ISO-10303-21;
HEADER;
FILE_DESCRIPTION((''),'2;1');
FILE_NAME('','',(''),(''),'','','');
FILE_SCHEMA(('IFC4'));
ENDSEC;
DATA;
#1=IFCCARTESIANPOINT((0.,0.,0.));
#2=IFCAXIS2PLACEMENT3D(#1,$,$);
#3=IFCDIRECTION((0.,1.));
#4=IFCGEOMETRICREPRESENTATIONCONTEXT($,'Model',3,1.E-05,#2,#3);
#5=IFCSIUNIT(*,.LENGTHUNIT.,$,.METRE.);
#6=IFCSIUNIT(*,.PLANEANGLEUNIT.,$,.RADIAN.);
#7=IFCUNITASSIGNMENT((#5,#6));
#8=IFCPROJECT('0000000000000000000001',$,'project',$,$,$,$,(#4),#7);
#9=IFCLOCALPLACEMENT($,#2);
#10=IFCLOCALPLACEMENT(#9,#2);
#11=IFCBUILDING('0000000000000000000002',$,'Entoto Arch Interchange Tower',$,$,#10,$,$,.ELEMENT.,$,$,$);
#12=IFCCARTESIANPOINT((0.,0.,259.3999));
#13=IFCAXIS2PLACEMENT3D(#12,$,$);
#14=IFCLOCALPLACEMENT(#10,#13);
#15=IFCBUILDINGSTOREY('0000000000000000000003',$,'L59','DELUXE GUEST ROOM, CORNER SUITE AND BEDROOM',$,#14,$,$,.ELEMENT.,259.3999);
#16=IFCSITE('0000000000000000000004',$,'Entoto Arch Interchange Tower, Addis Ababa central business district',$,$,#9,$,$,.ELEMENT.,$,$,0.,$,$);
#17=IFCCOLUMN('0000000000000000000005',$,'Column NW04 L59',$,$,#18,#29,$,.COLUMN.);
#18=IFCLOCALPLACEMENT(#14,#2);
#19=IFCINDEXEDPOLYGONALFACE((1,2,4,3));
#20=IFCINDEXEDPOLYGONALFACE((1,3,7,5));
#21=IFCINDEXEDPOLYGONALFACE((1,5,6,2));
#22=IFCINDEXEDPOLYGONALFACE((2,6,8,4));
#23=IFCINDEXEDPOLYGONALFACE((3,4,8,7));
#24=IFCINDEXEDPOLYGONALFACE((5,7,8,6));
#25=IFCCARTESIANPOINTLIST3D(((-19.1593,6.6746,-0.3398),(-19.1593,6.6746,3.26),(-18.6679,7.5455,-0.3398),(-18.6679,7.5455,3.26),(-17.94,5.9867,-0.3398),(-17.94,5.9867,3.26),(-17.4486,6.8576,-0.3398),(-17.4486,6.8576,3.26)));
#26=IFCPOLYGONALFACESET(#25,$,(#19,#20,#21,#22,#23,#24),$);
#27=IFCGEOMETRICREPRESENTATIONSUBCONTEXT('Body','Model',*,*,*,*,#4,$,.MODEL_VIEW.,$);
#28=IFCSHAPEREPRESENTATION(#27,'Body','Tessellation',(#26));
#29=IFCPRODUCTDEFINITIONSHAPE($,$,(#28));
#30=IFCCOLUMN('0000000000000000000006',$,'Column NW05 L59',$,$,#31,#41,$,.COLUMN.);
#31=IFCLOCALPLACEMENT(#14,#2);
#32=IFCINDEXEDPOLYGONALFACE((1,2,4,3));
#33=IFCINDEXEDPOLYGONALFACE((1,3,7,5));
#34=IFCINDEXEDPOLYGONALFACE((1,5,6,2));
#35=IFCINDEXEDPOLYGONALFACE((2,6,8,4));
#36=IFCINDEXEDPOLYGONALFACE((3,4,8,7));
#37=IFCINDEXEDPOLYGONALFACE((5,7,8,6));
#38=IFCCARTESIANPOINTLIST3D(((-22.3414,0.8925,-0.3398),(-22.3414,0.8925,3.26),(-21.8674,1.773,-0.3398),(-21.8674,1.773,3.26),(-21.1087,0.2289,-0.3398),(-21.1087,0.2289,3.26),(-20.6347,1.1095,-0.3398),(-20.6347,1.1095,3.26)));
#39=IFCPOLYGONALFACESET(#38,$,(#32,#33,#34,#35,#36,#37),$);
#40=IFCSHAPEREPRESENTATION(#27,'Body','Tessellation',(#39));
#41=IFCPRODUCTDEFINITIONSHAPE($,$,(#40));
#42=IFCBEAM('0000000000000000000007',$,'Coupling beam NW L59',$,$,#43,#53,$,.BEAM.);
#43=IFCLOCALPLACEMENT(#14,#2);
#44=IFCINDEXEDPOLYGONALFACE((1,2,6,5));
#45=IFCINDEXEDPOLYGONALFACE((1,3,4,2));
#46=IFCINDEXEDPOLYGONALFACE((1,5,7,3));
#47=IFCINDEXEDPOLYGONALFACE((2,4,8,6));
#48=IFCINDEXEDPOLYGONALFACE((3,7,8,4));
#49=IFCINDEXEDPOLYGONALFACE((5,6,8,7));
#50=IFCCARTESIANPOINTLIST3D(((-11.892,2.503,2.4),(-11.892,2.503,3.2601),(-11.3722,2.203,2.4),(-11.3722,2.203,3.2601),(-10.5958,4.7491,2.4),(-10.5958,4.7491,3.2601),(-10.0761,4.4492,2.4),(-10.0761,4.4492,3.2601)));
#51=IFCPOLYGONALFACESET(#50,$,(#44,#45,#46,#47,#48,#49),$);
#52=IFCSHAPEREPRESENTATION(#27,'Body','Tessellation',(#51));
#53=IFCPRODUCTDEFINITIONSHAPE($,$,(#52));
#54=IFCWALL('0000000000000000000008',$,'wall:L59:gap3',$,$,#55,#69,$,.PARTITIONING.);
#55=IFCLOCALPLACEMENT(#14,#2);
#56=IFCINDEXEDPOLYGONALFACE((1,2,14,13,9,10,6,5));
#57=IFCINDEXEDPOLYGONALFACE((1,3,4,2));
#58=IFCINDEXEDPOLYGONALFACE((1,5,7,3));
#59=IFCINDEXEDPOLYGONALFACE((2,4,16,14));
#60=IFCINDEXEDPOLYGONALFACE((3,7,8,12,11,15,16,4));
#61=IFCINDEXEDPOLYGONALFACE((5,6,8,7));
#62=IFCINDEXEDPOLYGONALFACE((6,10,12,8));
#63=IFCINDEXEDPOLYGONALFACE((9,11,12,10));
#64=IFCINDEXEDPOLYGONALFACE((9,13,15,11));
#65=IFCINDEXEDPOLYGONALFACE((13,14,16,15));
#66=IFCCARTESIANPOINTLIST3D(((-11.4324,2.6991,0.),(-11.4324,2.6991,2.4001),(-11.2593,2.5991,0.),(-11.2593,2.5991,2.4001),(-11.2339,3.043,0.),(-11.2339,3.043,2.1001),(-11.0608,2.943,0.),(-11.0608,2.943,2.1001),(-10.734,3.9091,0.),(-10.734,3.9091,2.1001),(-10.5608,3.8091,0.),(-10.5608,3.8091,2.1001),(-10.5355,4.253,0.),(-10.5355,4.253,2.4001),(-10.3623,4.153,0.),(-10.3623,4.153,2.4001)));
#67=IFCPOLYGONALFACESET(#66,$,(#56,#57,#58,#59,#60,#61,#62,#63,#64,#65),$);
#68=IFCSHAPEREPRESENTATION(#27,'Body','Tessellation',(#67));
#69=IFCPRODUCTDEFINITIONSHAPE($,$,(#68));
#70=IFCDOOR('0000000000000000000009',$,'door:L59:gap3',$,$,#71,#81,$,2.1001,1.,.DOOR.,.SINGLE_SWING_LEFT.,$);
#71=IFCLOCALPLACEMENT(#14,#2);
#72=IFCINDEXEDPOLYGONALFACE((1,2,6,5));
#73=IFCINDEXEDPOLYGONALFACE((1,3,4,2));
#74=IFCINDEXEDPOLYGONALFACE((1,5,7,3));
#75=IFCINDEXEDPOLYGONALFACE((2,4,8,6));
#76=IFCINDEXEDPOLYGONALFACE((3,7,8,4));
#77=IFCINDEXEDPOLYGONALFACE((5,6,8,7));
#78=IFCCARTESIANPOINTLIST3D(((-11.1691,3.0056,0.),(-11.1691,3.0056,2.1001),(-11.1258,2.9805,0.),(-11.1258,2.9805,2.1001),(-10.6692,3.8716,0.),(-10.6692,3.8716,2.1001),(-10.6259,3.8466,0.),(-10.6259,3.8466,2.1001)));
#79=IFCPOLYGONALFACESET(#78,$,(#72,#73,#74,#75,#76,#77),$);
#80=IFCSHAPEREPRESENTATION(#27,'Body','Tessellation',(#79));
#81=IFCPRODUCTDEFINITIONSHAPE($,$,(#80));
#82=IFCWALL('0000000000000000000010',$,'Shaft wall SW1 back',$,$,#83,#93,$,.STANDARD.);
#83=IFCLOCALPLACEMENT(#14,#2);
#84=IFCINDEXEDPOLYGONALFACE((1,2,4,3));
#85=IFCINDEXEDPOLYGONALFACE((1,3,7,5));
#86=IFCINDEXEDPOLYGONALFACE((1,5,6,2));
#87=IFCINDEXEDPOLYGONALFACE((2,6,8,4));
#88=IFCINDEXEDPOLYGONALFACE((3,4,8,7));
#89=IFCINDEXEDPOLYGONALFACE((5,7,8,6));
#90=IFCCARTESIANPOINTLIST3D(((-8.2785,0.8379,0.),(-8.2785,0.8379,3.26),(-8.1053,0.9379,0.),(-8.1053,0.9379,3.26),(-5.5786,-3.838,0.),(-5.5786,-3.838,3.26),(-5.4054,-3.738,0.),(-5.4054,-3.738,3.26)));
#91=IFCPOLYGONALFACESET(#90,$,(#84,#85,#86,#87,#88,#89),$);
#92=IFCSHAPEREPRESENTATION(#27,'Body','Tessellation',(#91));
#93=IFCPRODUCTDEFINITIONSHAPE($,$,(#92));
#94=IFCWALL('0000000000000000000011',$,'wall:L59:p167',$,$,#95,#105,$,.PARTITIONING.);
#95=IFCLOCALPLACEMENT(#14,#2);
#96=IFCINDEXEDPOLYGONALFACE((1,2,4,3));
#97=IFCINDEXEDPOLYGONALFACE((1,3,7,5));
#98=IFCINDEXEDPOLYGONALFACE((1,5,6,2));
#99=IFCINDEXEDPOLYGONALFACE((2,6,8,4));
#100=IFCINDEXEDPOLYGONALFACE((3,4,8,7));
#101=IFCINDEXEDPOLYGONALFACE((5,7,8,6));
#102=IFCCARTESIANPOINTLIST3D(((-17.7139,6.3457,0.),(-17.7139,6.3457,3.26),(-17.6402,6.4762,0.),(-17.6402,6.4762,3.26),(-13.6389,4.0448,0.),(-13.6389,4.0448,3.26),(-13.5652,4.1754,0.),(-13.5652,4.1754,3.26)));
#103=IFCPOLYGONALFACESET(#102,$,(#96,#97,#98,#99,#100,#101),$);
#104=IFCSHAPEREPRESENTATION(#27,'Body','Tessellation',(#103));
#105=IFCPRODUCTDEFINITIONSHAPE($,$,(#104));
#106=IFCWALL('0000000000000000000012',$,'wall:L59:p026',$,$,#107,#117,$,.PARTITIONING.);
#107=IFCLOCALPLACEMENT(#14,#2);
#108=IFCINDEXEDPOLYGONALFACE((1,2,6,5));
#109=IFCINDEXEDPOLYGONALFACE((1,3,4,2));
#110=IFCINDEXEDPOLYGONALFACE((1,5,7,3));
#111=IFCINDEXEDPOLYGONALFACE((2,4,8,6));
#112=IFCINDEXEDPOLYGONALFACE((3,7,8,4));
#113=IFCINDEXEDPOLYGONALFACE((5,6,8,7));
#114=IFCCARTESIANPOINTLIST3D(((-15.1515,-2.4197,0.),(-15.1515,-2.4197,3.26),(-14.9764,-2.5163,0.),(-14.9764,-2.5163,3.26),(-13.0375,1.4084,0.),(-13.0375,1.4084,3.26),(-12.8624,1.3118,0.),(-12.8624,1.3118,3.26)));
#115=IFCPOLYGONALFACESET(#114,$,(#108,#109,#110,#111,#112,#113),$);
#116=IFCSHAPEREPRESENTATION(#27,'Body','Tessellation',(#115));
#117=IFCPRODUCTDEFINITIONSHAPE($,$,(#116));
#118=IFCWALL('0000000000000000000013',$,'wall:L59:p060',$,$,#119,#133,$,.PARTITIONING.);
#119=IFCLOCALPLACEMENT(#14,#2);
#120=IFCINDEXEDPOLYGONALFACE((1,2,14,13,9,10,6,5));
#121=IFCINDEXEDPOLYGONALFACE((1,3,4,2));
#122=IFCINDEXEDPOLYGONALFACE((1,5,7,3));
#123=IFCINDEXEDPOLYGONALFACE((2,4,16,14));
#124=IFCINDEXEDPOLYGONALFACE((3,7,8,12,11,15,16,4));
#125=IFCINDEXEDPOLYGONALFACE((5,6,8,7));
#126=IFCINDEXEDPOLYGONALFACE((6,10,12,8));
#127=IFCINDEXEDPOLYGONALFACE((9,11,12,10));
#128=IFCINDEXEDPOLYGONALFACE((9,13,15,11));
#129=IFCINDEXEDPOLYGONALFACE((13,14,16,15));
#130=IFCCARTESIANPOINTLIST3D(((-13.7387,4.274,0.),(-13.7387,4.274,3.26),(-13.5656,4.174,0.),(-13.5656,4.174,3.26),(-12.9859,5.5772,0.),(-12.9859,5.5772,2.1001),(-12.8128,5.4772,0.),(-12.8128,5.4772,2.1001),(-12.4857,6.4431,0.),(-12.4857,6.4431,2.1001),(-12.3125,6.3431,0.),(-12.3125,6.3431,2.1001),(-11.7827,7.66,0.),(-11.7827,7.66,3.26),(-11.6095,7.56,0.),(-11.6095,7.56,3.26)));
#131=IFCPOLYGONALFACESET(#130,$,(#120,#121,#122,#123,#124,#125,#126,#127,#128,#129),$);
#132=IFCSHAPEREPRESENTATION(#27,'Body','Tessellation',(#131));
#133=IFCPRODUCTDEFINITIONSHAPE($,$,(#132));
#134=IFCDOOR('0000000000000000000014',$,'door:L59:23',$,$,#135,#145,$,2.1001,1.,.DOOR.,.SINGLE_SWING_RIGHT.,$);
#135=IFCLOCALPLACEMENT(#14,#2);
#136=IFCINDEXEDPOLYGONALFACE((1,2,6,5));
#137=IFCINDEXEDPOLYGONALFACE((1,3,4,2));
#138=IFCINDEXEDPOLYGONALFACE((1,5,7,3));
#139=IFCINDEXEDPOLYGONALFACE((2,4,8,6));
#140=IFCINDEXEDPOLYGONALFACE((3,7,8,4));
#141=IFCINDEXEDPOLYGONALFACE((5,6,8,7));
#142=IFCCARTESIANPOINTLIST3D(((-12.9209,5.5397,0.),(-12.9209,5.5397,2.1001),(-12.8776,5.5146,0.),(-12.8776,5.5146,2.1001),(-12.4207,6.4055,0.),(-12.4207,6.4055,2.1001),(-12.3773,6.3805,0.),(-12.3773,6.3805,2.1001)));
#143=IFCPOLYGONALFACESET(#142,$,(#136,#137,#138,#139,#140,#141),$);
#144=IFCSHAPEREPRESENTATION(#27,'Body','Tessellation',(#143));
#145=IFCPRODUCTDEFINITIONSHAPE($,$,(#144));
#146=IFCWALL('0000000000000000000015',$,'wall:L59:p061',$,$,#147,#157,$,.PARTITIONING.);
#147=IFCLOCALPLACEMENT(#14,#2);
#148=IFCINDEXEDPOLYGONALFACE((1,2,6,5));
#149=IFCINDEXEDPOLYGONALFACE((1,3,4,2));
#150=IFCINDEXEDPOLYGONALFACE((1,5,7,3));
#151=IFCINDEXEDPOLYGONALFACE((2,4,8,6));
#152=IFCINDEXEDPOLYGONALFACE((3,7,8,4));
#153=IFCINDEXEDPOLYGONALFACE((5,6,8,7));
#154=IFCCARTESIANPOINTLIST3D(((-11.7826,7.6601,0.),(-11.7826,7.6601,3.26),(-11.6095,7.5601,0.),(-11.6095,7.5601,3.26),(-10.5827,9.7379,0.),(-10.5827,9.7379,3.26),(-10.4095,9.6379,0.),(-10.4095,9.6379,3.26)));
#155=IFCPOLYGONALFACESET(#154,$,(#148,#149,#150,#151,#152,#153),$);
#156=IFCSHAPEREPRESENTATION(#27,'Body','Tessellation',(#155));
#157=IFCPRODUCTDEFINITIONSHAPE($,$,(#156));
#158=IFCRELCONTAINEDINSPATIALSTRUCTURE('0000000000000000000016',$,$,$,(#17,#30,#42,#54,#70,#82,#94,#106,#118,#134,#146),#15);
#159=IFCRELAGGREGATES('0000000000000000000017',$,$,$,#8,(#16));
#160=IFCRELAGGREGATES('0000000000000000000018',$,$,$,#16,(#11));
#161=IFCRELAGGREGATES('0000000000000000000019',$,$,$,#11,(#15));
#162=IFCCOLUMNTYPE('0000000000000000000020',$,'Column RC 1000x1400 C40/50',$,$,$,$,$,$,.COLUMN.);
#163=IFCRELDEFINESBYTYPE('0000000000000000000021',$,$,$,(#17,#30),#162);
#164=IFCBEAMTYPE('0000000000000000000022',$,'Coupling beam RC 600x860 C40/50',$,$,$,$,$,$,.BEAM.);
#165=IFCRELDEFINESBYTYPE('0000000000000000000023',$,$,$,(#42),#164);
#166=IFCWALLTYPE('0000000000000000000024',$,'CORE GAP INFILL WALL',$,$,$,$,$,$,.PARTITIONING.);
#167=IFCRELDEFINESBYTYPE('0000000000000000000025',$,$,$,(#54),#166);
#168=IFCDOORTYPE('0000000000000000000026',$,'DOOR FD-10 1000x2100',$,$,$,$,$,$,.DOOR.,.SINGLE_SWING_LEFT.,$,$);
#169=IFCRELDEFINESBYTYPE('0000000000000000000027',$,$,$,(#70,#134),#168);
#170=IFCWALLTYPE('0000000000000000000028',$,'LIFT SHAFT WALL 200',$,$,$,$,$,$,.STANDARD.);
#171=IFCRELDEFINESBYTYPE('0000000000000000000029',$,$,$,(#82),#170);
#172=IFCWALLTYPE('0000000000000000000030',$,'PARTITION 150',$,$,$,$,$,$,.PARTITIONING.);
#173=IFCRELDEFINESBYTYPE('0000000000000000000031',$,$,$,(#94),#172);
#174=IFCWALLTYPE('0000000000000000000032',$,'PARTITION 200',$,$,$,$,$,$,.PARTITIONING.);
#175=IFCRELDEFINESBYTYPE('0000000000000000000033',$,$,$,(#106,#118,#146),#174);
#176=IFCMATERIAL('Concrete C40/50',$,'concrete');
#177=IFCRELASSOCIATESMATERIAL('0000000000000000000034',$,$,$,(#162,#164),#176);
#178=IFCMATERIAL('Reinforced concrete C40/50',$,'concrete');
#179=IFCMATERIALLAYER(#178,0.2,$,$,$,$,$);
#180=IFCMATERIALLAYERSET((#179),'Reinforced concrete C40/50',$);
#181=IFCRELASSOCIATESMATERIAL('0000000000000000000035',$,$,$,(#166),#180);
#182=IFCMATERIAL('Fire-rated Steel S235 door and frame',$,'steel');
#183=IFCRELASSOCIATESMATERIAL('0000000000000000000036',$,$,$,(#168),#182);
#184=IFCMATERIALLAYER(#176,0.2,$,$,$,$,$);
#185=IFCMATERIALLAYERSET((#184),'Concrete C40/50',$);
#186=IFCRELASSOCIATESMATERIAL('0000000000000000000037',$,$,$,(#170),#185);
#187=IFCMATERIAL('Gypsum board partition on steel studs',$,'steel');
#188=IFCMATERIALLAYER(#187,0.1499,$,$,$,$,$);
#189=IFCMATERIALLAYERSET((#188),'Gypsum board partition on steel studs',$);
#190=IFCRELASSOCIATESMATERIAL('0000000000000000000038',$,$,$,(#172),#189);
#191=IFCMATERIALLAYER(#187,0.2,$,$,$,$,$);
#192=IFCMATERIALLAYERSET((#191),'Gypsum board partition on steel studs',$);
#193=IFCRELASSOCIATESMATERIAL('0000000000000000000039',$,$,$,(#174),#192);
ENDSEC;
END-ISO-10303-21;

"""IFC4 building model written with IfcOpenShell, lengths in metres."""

from ifc_helpers import new_model, si_unit, direction, frame, frame_2d, origin, origin_2d, place, context, subcontext, project, spatial, rectangle, extrude, material, layer, layer_set, material_profile, profile_set, type_object, element, fill, save


model = new_model("IFC4")

# Units and contexts
model_context = context("Model", 3, precision=1e-05, world=origin(), true_north=direction((0.0, 1.0)))
body_context = subcontext(model_context, "Body", "Model", "MODEL_VIEW")
ifc_project = project(units=[si_unit("LENGTHUNIT", "METRE"), si_unit("PLANEANGLEUNIT", "RADIAN")], contexts=[model_context])

# Site, building, storey
site_placement = place(None, origin())
site = spatial("IfcSite", under=ifc_project, at=site_placement, Name="Entoto Arch Interchange Tower, Addis Ababa central business district", CompositionType="ELEMENT", RefElevation=0.0)
building_placement = place(site_placement, origin())
building = spatial("IfcBuilding", under=site, at=building_placement, Name="Entoto Arch Interchange Tower", CompositionType="ELEMENT")
storey_placement = place(building_placement, frame((0.0, 0.0, 259.3999)))
storey = spatial("IfcBuildingStorey", under=building, at=storey_placement, Name="L59", Description="DELUXE GUEST ROOM, CORNER SUITE AND BEDROOM", CompositionType="ELEMENT", Elevation=259.3999)

# Columns
ifc_material_1 = material(Name="Concrete C40/50", Category="concrete")
ifc_material_profile_1 = material_profile(ifc_material_1, rectangle(XDim=1.0, YDim=1.3999, at=origin_2d()))
ifc_profile_set_1 = profile_set([ifc_material_profile_1], Name="Concrete C40/50")
column_type = type_object("IfcColumnType", Name="Column RC 1000x1400 C40/50", PredefinedType="COLUMN", material=ifc_profile_set_1)
for number, where, z_axis, x_axis, name in (
    (1, (-18.304, 6.7661, -0.3398), (0.0, 0.0, 1.0), (0.491375, 0.870948, 0.0), "Column NW04 L59"),
    (2, (-21.488, 1.001, -0.3398), (0.0, 0.0, 1.0), (0.473981, 0.880535, 0.0), "Column NW05 L59"),
):
    element("IfcColumn", number, at=place(storey_placement, frame(where, z_axis=z_axis, x_axis=x_axis)), inside=storey, type_object=column_type, Name=name, PredefinedType="COLUMN", context=body_context, shape_type="SweptSolid", body=[
        extrude(rectangle(XDim=1.0, YDim=1.3999, at=origin_2d()), origin(), (0.0, 0.0, 1.0), 3.5999),
    ])

# Beam
ifc_material_profile_2 = material_profile(ifc_material_1, rectangle(XDim=0.6001, YDim=0.8601, at=origin_2d()))
ifc_profile_set_2 = profile_set([ifc_material_profile_2], Name="Concrete C40/50")
beam_type = type_object("IfcBeamType", Name="Coupling beam RC 600x860 C40/50", PredefinedType="BEAM", material=ifc_profile_set_2)
beam_placement = place(storey_placement, frame((-10.3359, 4.5991, 2.8301), z_axis=(-0.499815, -0.866132, 0.0), x_axis=(0.866132, -0.499815, 0.0)))
element("IfcBeam", 3, at=beam_placement, inside=storey, type_object=beam_type, Name="Coupling beam NW L59", PredefinedType="BEAM", context=body_context, shape_type="SweptSolid", body=[
    extrude(rectangle(XDim=0.6001, YDim=0.8601, at=origin_2d()), origin(), (0.0, 0.0, 1.0), 2.5933),
])

# Wall, opening, door
ifc_material_2 = material(Name="Reinforced concrete C40/50", Category="concrete")
ifc_layer_1 = layer(ifc_material_2, 0.2)
ifc_layer_set_1 = layer_set([ifc_layer_1], Name="Reinforced concrete C40/50")
wall_type_1 = type_object("IfcWallType", Name="CORE GAP INFILL WALL", PredefinedType="PARTITIONING", material=ifc_layer_set_1)
wall_1_placement = place(storey_placement, frame((-10.449, 4.2029, 0.0), z_axis=(0.0, 0.0, 1.0), x_axis=(-0.499915, -0.866075, 0.0)))
wall_1 = element("IfcWall", 4, at=wall_1_placement, inside=storey, type_object=wall_type_1, Name="wall:L59:gap3", PredefinedType="PARTITIONING", context=body_context, shape_type="SweptSolid", body=[
    extrude(rectangle(XDim=1.7942, YDim=0.2, at=frame_2d((0.897, 0.0))), origin(), (0.0, 0.0, 1.0), 2.4001),
])
opening_1_placement = place(wall_1_placement, frame((0.397, 0.0, 0.0)))
opening_1 = element("IfcOpeningElement", 5, at=opening_1_placement, cuts=wall_1, PredefinedType="OPENING", context=body_context, shape_type="SweptSolid", body=[
    extrude(rectangle(XDim=1.0, YDim=2.1001, at=frame_2d((0.5, 1.05))), frame((0.0, 0.1099, 0.0), z_axis=(0.0, -1.0, 0.0), x_axis=(1.0, 0.0, 0.0)), (0.0, 0.0, 1.0), 0.22),
])
ifc_material_3 = material(Name="Fire-rated Steel S235 door and frame", Category="steel")
door_type_1 = type_object("IfcDoorType", Name="DOOR FD-10 1000x2100", OperationType="SINGLE_SWING_LEFT", PredefinedType="DOOR", material=ifc_material_3)
door_1_placement = place(opening_1_placement, origin())
door_1 = element("IfcDoor", 6, at=door_1_placement, inside=storey, type_object=door_type_1, Name="door:L59:gap3", OperationType="SINGLE_SWING_LEFT", OverallHeight=2.1001, OverallWidth=1.0, PredefinedType="DOOR", context=body_context, shape_type="SweptSolid", body=[
    extrude(rectangle(XDim=1.0, YDim=2.1001, at=frame_2d((0.5, 1.05))), frame((0.0, 0.0249, 0.0), z_axis=(0.0, -1.0, 0.0), x_axis=(1.0, 0.0, 0.0)), (0.0, 0.0, 1.0), 0.05),
])
fill(opening_1, door_1)

# Walls
ifc_layer_2 = layer(ifc_material_1, 0.2)
ifc_layer_set_2 = layer_set([ifc_layer_2], Name="Concrete C40/50")
wall_type_2 = type_object("IfcWallType", Name="LIFT SHAFT WALL 200", PredefinedType="STANDARD", material=ifc_layer_set_2)
wall_2_placement = place(storey_placement, frame((-8.1919, 0.8879, 0.0), z_axis=(0.0, 0.0, 1.0), x_axis=(0.500034, -0.866006, 0.0)))
element("IfcWall", 7, at=wall_2_placement, inside=storey, type_object=wall_type_2, Name="Shaft wall SW1 back", PredefinedType="STANDARD", context=body_context, shape_type="SweptSolid", body=[
    extrude(rectangle(XDim=5.3994, YDim=0.2, at=frame_2d((2.6997, 0.0))), origin(), (0.0, 0.0, 1.0), 3.26),
])
ifc_material_4 = material(Name="Gypsum board partition on steel studs", Category="steel")
ifc_layer_3 = layer(ifc_material_4, 0.1499)
ifc_layer_set_3 = layer_set([ifc_layer_3], Name="Gypsum board partition on steel studs")
wall_type_3 = type_object("IfcWallType", Name="PARTITION 150", PredefinedType="PARTITIONING", material=ifc_layer_set_3)
wall_3_placement = place(storey_placement, frame((-13.6021, 4.1101, 0.0), z_axis=(0.0, 0.0, 1.0), x_axis=(-0.870787, 0.49166, 0.0)))
element("IfcWall", 8, at=wall_3_placement, inside=storey, type_object=wall_type_3, Name="wall:L59:p167", PredefinedType="PARTITIONING", context=body_context, shape_type="SweptSolid", body=[
    extrude(rectangle(XDim=4.6797, YDim=0.1499, at=frame_2d((2.3398, 0.0))), origin(), (0.0, 0.0, 1.0), 3.26),
])
ifc_layer_4 = layer(ifc_material_4, 0.2)
ifc_layer_set_4 = layer_set([ifc_layer_4], Name="Gypsum board partition on steel studs")
wall_type_4 = type_object("IfcWallType", Name="PARTITION 200", PredefinedType="PARTITIONING", material=ifc_layer_set_4)
wall_4_placement = place(storey_placement, frame((-12.95, 1.3601, 0.0), z_axis=(0.0, 0.0, 1.0), x_axis=(-0.483418, -0.87539, 0.0)))
element("IfcWall", 9, at=wall_4_placement, inside=storey, type_object=wall_type_4, Name="wall:L59:p026", PredefinedType="PARTITIONING", context=body_context, shape_type="SweptSolid", body=[
    extrude(rectangle(XDim=4.373, YDim=0.2, at=frame_2d((2.1865, 0.0))), origin(), (0.0, 0.0, 1.0), 3.26),
])

# Wall, opening, door
wall_5_placement = place(storey_placement, frame((-13.6521, 4.2241, 0.0), z_axis=(0.0, 0.0, 1.0), x_axis=(0.500221, 0.865898, 0.0)))
wall_5 = element("IfcWall", 10, at=wall_5_placement, inside=storey, type_object=wall_type_4, Name="wall:L59:p060", PredefinedType="PARTITIONING", context=body_context, shape_type="SweptSolid", body=[
    extrude(rectangle(XDim=3.9104, YDim=0.2, at=frame_2d((1.9551, 0.0))), origin(), (0.0, 0.0, 1.0), 3.26),
])
opening_2_placement = place(wall_5_placement, frame((1.5049, 0.0, 0.0)))
opening_2 = element("IfcOpeningElement", 11, at=opening_2_placement, cuts=wall_5, PredefinedType="OPENING", context=body_context, shape_type="SweptSolid", body=[
    extrude(rectangle(XDim=1.0, YDim=2.1001, at=frame_2d((0.5, 1.05))), frame((0.0, 0.1099, 0.0), z_axis=(0.0, -1.0, 0.0), x_axis=(1.0, 0.0, 0.0)), (0.0, 0.0, 1.0), 0.22),
])
door_2_placement = place(opening_2_placement, origin())
door_2 = element("IfcDoor", 12, at=door_2_placement, inside=storey, type_object=door_type_1, Name="door:L59:23", OperationType="SINGLE_SWING_RIGHT", OverallHeight=2.1001, OverallWidth=1.0, PredefinedType="DOOR", context=body_context, shape_type="SweptSolid", body=[
    extrude(rectangle(XDim=1.0, YDim=2.1001, at=frame_2d((0.5, 1.05))), frame((0.0, 0.0249, 0.0), z_axis=(0.0, -1.0, 0.0), x_axis=(1.0, 0.0, 0.0)), (0.0, 0.0, 1.0), 0.05),
])
fill(opening_2, door_2)

# Wall
wall_6_placement = place(storey_placement, frame((-11.696, 7.6101, 0.0), z_axis=(0.0, 0.0, 1.0), x_axis=(0.500089, 0.865974, 0.0)))
element("IfcWall", 13, at=wall_6_placement, inside=storey, type_object=wall_type_4, Name="wall:L59:p061", PredefinedType="PARTITIONING", context=body_context, shape_type="SweptSolid", body=[
    extrude(rectangle(XDim=2.3994, YDim=0.2, at=frame_2d((1.1997, 0.0))), origin(), (0.0, 0.0, 1.0), 3.26),
])

save(model, "model.ifc")
